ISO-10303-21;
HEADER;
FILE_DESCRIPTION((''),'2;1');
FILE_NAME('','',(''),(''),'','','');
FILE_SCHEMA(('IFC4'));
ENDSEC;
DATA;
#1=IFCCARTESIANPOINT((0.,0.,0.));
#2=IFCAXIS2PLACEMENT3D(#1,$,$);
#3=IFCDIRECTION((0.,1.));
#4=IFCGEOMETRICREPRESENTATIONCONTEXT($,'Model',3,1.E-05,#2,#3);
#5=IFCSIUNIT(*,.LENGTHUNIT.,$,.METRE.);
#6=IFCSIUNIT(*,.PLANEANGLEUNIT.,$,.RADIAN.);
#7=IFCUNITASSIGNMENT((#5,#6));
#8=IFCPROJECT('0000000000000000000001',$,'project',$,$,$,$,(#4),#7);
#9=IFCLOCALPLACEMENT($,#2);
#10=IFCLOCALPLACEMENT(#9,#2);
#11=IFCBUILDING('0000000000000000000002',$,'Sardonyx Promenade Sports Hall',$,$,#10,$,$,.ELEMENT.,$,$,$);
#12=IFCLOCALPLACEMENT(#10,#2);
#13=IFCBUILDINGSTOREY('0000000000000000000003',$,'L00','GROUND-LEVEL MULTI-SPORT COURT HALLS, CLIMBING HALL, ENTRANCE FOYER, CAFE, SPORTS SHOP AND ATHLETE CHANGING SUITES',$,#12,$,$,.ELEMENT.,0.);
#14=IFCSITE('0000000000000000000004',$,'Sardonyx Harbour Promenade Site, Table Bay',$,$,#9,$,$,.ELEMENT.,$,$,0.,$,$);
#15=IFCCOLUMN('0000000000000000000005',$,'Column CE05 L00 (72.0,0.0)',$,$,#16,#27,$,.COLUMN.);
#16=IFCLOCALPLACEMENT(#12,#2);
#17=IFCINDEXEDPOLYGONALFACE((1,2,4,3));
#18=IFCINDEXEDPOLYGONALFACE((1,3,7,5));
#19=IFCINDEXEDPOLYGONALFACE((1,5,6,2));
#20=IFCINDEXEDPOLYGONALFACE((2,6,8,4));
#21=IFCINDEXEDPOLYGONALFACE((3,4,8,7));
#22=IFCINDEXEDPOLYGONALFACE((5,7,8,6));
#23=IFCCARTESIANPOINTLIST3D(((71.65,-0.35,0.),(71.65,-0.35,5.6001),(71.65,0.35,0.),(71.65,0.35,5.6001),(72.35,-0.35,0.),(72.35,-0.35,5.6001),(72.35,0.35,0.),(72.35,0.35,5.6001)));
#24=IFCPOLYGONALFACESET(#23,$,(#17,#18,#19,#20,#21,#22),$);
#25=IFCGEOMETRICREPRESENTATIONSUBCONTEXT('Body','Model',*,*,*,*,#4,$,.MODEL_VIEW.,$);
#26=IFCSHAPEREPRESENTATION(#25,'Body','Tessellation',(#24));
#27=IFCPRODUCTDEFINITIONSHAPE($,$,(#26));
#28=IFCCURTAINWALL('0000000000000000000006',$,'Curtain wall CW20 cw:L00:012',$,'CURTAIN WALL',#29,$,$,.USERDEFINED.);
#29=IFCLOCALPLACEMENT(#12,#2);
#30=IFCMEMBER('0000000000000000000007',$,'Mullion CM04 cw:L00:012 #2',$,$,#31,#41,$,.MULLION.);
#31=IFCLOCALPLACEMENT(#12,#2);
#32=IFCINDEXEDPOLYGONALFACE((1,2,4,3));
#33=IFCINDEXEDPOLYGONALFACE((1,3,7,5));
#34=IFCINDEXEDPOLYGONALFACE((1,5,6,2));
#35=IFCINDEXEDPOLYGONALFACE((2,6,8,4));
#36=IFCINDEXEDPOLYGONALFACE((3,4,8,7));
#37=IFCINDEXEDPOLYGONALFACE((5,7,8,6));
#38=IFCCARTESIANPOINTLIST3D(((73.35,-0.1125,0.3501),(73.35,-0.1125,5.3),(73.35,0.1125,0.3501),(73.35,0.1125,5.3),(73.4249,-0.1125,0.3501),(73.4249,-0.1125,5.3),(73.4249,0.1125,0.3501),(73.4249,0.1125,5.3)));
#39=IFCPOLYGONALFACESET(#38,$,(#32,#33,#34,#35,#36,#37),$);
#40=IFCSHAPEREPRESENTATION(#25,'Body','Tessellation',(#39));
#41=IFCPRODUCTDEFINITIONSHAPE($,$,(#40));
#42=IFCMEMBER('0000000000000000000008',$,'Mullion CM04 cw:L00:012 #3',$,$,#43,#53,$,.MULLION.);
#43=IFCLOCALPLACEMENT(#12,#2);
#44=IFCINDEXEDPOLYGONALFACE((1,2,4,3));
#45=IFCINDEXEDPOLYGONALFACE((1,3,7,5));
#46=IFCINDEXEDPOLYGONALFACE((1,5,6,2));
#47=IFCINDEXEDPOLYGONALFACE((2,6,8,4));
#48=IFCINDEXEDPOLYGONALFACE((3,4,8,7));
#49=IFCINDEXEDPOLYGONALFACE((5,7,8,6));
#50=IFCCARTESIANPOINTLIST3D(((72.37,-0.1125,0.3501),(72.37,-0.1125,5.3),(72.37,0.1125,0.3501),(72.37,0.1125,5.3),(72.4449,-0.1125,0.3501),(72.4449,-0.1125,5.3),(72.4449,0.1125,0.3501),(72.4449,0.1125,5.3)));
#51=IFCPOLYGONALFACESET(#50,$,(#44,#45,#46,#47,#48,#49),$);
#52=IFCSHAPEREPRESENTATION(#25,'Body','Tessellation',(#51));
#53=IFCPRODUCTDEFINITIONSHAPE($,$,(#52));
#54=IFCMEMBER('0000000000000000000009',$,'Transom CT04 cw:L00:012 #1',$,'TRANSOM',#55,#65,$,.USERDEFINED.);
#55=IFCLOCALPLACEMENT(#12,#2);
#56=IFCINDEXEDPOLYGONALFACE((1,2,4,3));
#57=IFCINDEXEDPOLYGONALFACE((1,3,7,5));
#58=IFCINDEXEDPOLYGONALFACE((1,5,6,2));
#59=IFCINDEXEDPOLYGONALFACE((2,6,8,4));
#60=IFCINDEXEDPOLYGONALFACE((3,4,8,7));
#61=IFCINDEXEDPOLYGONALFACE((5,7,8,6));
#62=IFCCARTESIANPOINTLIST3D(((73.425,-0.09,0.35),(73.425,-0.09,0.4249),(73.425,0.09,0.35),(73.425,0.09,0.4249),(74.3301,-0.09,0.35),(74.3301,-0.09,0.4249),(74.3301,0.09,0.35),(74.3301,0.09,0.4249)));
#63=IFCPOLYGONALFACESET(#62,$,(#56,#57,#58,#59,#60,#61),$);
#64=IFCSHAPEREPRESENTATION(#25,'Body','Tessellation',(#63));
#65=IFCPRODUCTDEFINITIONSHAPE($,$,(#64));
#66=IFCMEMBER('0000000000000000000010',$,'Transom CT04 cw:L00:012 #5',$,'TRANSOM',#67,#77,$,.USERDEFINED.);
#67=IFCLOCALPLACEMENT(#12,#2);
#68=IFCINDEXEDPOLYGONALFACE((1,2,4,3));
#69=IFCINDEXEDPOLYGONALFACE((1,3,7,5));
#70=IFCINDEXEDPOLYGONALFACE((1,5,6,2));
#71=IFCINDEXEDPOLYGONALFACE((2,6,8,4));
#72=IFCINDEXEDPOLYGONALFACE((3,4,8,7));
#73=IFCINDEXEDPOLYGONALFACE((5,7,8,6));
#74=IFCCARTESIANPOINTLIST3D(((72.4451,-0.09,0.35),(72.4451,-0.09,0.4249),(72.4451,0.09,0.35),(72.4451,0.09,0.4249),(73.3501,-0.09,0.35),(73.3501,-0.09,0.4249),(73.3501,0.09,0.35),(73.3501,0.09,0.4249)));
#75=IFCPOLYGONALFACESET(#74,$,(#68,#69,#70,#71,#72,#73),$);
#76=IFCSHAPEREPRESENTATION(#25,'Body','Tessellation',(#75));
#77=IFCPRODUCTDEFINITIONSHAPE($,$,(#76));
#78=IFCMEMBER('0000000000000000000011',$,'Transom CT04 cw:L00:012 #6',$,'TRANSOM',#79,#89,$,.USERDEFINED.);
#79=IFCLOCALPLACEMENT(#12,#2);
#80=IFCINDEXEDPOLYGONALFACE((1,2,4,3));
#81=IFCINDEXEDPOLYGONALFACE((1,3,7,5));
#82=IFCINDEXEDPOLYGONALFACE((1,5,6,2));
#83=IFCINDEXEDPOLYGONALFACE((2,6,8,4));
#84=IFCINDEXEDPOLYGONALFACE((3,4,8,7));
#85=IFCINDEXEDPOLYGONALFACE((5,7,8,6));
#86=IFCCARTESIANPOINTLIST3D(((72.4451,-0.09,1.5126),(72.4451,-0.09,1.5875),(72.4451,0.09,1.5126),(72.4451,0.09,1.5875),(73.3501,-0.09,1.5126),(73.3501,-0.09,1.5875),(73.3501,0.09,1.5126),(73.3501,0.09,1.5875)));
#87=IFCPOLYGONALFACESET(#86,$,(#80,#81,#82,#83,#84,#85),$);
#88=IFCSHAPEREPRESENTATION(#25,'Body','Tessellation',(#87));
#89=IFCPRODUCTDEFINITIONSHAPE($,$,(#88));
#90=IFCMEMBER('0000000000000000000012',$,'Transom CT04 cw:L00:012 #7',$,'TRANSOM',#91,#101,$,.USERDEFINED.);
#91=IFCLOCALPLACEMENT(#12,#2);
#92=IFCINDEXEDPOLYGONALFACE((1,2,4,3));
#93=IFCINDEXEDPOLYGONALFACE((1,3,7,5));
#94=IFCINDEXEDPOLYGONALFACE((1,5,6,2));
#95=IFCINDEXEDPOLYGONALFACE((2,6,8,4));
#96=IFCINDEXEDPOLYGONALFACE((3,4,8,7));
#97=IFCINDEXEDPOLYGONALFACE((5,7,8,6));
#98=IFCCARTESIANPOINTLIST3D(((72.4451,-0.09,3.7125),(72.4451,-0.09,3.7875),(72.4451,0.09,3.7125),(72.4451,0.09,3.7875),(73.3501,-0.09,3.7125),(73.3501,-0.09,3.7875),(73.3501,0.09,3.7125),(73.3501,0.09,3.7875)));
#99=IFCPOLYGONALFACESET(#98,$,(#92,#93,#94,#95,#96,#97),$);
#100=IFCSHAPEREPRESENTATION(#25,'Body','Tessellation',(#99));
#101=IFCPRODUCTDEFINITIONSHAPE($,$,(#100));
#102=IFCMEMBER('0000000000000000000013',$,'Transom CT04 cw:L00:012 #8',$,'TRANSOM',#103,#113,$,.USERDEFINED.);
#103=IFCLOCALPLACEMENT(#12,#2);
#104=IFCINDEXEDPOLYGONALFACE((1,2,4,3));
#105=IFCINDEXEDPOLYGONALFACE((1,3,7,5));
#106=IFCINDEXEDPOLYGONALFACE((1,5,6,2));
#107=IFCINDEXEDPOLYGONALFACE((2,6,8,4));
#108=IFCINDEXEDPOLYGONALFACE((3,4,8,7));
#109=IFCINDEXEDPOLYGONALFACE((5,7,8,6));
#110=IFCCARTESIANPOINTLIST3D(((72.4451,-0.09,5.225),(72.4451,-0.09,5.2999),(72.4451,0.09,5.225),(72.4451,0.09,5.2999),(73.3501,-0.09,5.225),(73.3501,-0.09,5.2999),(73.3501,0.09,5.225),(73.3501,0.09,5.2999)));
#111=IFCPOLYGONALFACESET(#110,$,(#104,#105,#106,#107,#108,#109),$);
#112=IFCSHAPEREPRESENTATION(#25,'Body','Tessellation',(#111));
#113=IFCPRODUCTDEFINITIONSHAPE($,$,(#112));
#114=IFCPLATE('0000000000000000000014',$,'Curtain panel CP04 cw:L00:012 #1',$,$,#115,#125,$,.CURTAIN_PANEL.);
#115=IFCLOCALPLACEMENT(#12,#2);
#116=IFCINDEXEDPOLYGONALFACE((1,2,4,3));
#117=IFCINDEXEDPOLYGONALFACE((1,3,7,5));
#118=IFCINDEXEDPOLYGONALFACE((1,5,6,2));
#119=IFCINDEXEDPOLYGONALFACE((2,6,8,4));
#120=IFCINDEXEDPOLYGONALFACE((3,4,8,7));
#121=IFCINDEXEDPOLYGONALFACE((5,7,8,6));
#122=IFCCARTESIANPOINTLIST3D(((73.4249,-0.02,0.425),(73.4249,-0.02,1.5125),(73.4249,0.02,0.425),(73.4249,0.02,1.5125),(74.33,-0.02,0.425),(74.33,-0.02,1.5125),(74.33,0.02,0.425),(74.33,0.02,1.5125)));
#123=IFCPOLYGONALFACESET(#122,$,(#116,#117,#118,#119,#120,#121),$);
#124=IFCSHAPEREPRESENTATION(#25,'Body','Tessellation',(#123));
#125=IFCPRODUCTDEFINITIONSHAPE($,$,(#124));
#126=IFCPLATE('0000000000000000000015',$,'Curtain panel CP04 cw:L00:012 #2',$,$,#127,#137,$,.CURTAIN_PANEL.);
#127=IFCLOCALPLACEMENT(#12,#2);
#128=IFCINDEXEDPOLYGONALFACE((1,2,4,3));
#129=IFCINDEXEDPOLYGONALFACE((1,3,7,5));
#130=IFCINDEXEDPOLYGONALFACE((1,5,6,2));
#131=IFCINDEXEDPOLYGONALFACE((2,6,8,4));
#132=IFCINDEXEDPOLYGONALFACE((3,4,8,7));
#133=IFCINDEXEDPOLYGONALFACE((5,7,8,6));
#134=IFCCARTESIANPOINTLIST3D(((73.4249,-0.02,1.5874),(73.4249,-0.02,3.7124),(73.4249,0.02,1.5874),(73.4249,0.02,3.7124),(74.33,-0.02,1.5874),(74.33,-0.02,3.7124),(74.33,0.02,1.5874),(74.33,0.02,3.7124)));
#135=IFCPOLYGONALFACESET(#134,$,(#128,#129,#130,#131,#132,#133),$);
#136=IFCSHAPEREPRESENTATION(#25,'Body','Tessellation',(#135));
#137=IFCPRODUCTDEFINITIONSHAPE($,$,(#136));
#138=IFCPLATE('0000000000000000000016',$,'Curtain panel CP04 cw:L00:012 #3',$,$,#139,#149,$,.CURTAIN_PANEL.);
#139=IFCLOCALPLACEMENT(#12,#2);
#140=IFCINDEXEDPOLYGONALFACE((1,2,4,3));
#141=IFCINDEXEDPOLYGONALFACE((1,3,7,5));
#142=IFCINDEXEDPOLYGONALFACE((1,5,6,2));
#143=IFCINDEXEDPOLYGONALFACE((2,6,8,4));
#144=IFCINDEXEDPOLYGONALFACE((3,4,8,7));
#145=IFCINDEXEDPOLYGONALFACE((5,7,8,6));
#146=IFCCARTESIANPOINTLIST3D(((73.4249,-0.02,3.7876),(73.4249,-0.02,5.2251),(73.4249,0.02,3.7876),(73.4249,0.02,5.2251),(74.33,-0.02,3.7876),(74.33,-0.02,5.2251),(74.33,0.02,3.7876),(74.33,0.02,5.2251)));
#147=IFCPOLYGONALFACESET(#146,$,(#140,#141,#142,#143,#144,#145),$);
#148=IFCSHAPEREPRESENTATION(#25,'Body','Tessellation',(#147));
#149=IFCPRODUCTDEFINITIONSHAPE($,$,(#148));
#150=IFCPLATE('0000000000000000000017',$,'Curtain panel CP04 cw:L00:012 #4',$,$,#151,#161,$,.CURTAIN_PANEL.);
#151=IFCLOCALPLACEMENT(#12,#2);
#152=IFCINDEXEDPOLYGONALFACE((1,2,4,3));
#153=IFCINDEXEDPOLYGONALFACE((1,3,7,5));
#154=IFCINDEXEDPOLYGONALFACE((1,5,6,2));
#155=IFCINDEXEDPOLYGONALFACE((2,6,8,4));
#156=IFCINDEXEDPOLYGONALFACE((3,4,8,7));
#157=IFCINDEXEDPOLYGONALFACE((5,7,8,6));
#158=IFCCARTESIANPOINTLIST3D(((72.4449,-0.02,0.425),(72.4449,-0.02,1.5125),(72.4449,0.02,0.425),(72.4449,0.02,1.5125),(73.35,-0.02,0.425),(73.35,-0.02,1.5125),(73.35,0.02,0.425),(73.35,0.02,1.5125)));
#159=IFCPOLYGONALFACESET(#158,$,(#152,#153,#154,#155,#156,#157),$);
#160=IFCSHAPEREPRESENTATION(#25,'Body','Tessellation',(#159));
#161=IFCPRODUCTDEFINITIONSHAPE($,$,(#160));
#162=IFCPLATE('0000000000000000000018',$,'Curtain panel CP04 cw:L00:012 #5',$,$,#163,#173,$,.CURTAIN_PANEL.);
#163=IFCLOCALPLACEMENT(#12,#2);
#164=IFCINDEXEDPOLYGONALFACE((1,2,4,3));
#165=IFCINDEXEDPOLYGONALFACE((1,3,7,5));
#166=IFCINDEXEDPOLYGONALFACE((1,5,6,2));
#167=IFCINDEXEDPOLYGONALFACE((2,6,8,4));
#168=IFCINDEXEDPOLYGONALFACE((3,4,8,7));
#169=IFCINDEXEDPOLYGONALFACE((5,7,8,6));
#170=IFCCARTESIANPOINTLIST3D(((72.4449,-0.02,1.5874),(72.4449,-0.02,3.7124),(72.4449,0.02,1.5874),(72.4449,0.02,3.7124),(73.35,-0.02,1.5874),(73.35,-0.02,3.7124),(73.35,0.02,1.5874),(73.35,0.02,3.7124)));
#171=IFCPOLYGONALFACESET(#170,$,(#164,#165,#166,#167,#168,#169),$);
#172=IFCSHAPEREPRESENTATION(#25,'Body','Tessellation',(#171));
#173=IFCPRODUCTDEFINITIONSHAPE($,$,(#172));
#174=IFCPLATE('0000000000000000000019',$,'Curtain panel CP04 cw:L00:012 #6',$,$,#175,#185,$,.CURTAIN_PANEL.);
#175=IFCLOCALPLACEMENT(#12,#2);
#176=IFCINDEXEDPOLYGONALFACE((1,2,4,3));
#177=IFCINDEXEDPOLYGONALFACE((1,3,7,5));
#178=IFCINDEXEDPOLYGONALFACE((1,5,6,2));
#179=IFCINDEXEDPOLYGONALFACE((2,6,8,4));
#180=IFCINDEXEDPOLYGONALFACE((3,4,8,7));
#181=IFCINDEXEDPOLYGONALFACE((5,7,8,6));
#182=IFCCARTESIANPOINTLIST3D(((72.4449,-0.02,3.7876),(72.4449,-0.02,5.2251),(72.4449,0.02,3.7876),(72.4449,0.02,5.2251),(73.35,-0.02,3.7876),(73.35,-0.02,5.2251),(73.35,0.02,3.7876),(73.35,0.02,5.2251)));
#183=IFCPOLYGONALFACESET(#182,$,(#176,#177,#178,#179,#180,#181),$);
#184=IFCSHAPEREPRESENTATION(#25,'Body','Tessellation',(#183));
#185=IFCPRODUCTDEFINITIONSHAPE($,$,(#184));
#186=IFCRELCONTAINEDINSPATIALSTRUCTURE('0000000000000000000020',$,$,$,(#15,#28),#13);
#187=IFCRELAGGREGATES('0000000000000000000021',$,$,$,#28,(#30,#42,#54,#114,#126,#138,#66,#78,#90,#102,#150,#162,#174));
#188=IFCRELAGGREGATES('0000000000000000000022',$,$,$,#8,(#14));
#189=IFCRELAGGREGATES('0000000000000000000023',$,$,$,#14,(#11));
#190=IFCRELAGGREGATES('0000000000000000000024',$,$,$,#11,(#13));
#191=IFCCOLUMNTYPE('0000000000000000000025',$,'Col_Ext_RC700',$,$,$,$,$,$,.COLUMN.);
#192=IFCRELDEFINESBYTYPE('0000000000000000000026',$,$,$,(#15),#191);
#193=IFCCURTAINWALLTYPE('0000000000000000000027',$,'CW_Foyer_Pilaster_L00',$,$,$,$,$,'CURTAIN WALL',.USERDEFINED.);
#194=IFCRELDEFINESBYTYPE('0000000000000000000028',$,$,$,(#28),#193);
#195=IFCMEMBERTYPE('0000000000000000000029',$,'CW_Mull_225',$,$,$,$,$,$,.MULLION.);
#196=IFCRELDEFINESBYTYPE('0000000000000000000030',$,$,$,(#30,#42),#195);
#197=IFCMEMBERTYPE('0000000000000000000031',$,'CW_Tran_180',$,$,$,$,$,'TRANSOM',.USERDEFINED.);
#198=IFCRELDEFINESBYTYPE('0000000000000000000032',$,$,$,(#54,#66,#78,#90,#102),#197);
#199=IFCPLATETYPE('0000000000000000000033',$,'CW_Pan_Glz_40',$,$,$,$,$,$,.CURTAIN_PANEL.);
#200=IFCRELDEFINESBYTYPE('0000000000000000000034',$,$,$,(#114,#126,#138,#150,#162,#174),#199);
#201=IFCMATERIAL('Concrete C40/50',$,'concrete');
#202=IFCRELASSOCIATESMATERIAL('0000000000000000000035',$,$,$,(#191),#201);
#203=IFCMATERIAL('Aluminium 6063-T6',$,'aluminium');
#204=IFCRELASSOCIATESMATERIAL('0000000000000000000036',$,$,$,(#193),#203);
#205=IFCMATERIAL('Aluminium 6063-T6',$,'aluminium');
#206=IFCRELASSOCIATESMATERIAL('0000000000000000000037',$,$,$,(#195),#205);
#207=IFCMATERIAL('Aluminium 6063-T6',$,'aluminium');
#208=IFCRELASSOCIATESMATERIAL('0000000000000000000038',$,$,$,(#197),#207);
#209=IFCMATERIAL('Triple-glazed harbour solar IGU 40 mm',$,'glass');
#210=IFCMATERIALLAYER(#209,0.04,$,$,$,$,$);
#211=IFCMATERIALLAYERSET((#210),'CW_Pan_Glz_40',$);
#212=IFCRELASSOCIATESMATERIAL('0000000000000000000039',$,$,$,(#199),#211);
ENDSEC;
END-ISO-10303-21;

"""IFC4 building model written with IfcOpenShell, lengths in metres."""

from ifc_helpers import new_model, si_unit, direction, frame, origin, origin_2d, place, context, subcontext, project, spatial, rectangle, extrude, material, layer, layer_set, material_profile, profile_set, type_object, element, aggregate, save


model = new_model("IFC4")

# Units and contexts
model_context = context("Model", 3, precision=1e-05, world=origin(), true_north=direction((0.0, 1.0)))
body_context = subcontext(model_context, "Body", "Model", "MODEL_VIEW")
ifc_project = project(units=[si_unit("LENGTHUNIT", "METRE"), si_unit("PLANEANGLEUNIT", "RADIAN")], contexts=[model_context])

# Site, building, storey
site_placement = place(None, origin())
site = spatial("IfcSite", under=ifc_project, at=site_placement, Name="Sardonyx Harbour Promenade Site, Table Bay", CompositionType="ELEMENT", RefElevation=0.0)
building_placement = place(site_placement, origin())
building = spatial("IfcBuilding", under=site, at=building_placement, Name="Sardonyx Promenade Sports Hall", CompositionType="ELEMENT")
storey_placement = place(building_placement, origin())
storey = spatial("IfcBuildingStorey", under=building, at=storey_placement, Name="L00", Description="GROUND-LEVEL MULTI-SPORT COURT HALLS, CLIMBING HALL, ENTRANCE FOYER, CAFE, SPORTS SHOP AND ATHLETE CHANGING SUITES", CompositionType="ELEMENT", Elevation=0.0)

# Column
ifc_material_1 = material(Name="Concrete C40/50", Category="concrete")
ifc_material_profile_1 = material_profile(ifc_material_1, rectangle(XDim=0.7, YDim=0.7, at=origin_2d()))
ifc_profile_set_1 = profile_set([ifc_material_profile_1], Name="Concrete C40/50")
column_type = type_object("IfcColumnType", Name="Col_Ext_RC700", PredefinedType="COLUMN", material=ifc_profile_set_1)
column_placement = place(storey_placement, frame((72.0, 0.0, 0.0), z_axis=(0.0, 0.0, 1.0), x_axis=(1.0, 0.0, 0.0)))
element("IfcColumn", 1, at=column_placement, inside=storey, type_object=column_type, Name="Column CE05 L00 (72.0,0.0)", PredefinedType="COLUMN", context=body_context, shape_type="SweptSolid", body=[
    extrude(rectangle(XDim=0.7, YDim=0.7, at=origin_2d()), origin(), (0.0, 0.0, 1.0), 5.6001),
])

# Curtain wall, members, plates
ifc_material_2 = material(Name="Aluminium 6063-T6", Category="aluminium")
curtain_wall_type = type_object("IfcCurtainWallType", Name="CW_Foyer_Pilaster_L00", ElementType="CURTAIN WALL", PredefinedType="USERDEFINED", material=ifc_material_2)
curtain_wall_placement = place(storey_placement, origin())
curtain_wall = element("IfcCurtainWall", 2, at=curtain_wall_placement, inside=storey, type_object=curtain_wall_type, Name="Curtain wall CW20 cw:L00:012", ObjectType="CURTAIN WALL", PredefinedType="USERDEFINED")
ifc_material_3 = material(Name="Aluminium 6063-T6", Category="aluminium")
ifc_material_profile_2 = material_profile(ifc_material_3, rectangle(XDim=0.075, YDim=0.2251, at=origin_2d()))
ifc_profile_set_2 = profile_set([ifc_material_profile_2], Name="Aluminium 6063-T6")
member_type_1 = type_object("IfcMemberType", Name="CW_Mull_225", PredefinedType="MULLION", material=ifc_profile_set_2)
member_1_placement = place(storey_placement, frame((73.3875, 0.0, 0.3501), z_axis=(0.0, 0.0, 1.0), x_axis=(-1.0, 0.0, 0.0)))
member_1 = element("IfcMember", 3, at=member_1_placement, type_object=member_type_1, Name="Mullion CM04 cw:L00:012 #2", PredefinedType="MULLION", context=body_context, shape_type="SweptSolid", body=[
    extrude(rectangle(XDim=0.075, YDim=0.2251, at=origin_2d()), origin(), (0.0, 0.0, 1.0), 4.95),
])
member_2_placement = place(storey_placement, frame((72.4075, 0.0, 0.3501), z_axis=(0.0, 0.0, 1.0), x_axis=(-1.0, 0.0, 0.0)))
member_2 = element("IfcMember", 4, at=member_2_placement, type_object=member_type_1, Name="Mullion CM04 cw:L00:012 #3", PredefinedType="MULLION", context=body_context, shape_type="SweptSolid", body=[
    extrude(rectangle(XDim=0.075, YDim=0.2251, at=origin_2d()), origin(), (0.0, 0.0, 1.0), 4.95),
])
ifc_material_4 = material(Name="Aluminium 6063-T6", Category="aluminium")
ifc_material_profile_3 = material_profile(ifc_material_4, rectangle(XDim=0.075, YDim=0.1799, at=origin_2d()))
ifc_profile_set_3 = profile_set([ifc_material_profile_3], Name="Aluminium 6063-T6")
member_type_2 = type_object("IfcMemberType", Name="CW_Tran_180", ElementType="TRANSOM", PredefinedType="USERDEFINED", material=ifc_profile_set_3)
member_3_placement = place(storey_placement, frame((74.3301, 0.0, 0.3875), z_axis=(-1.0, 0.0, 0.0), x_axis=(0.0, 0.0, 1.0)))
member_3 = element("IfcMember", 5, at=member_3_placement, type_object=member_type_2, Name="Transom CT04 cw:L00:012 #1", ObjectType="TRANSOM", PredefinedType="USERDEFINED", context=body_context, shape_type="SweptSolid", body=[
    extrude(rectangle(XDim=0.075, YDim=0.1799, at=origin_2d()), origin(), (0.0, 0.0, 1.0), 0.905),
])
member_4_placement = place(storey_placement, frame((73.3501, 0.0, 0.3875), z_axis=(-1.0, 0.0, 0.0), x_axis=(0.0, 0.0, 1.0)))
member_4 = element("IfcMember", 6, at=member_4_placement, type_object=member_type_2, Name="Transom CT04 cw:L00:012 #5", ObjectType="TRANSOM", PredefinedType="USERDEFINED", context=body_context, shape_type="SweptSolid", body=[
    extrude(rectangle(XDim=0.075, YDim=0.1799, at=origin_2d()), origin(), (0.0, 0.0, 1.0), 0.905),
])
member_5_placement = place(storey_placement, frame((73.3501, 0.0, 1.55), z_axis=(-1.0, 0.0, 0.0), x_axis=(0.0, 0.0, 1.0)))
member_5 = element("IfcMember", 7, at=member_5_placement, type_object=member_type_2, Name="Transom CT04 cw:L00:012 #6", ObjectType="TRANSOM", PredefinedType="USERDEFINED", context=body_context, shape_type="SweptSolid", body=[
    extrude(rectangle(XDim=0.075, YDim=0.1799, at=origin_2d()), origin(), (0.0, 0.0, 1.0), 0.905),
])
member_6_placement = place(storey_placement, frame((73.3501, 0.0, 3.75), z_axis=(-1.0, 0.0, 0.0), x_axis=(0.0, 0.0, 1.0)))
member_6 = element("IfcMember", 8, at=member_6_placement, type_object=member_type_2, Name="Transom CT04 cw:L00:012 #7", ObjectType="TRANSOM", PredefinedType="USERDEFINED", context=body_context, shape_type="SweptSolid", body=[
    extrude(rectangle(XDim=0.075, YDim=0.1799, at=origin_2d()), origin(), (0.0, 0.0, 1.0), 0.905),
])
member_7_placement = place(storey_placement, frame((73.3501, 0.0, 5.2625), z_axis=(-1.0, 0.0, 0.0), x_axis=(0.0, 0.0, 1.0)))
member_7 = element("IfcMember", 9, at=member_7_placement, type_object=member_type_2, Name="Transom CT04 cw:L00:012 #8", ObjectType="TRANSOM", PredefinedType="USERDEFINED", context=body_context, shape_type="SweptSolid", body=[
    extrude(rectangle(XDim=0.075, YDim=0.1799, at=origin_2d()), origin(), (0.0, 0.0, 1.0), 0.905),
])
ifc_material_5 = material(Name="Triple-glazed harbour solar IGU 40 mm", Category="glass")
ifc_layer_1 = layer(ifc_material_5, 0.04)
ifc_layer_set_1 = layer_set([ifc_layer_1], Name="CW_Pan_Glz_40")
plate_type = type_object("IfcPlateType", Name="CW_Pan_Glz_40", PredefinedType="CURTAIN_PANEL", material=ifc_layer_set_1)
plate_1_placement = place(storey_placement, frame((73.8774, 0.0, 0.425), z_axis=(0.0, 0.0, 1.0), x_axis=(-1.0, 0.0, 0.0)))
plate_1 = element("IfcPlate", 10, at=plate_1_placement, type_object=plate_type, Name="Curtain panel CP04 cw:L00:012 #1", PredefinedType="CURTAIN_PANEL", context=body_context, shape_type="SweptSolid", body=[
    extrude(rectangle(XDim=0.905, YDim=0.04, at=origin_2d()), origin(), (0.0, 0.0, 1.0), 1.0874),
])
plate_2_placement = place(storey_placement, frame((73.8774, 0.0, 1.5874), z_axis=(0.0, 0.0, 1.0), x_axis=(-1.0, 0.0, 0.0)))
plate_2 = element("IfcPlate", 11, at=plate_2_placement, type_object=plate_type, Name="Curtain panel CP04 cw:L00:012 #2", PredefinedType="CURTAIN_PANEL", context=body_context, shape_type="SweptSolid", body=[
    extrude(rectangle(XDim=0.905, YDim=0.04, at=origin_2d()), origin(), (0.0, 0.0, 1.0), 2.125),
])
plate_3_placement = place(storey_placement, frame((73.8774, 0.0, 3.7876), z_axis=(0.0, 0.0, 1.0), x_axis=(-1.0, 0.0, 0.0)))
plate_3 = element("IfcPlate", 12, at=plate_3_placement, type_object=plate_type, Name="Curtain panel CP04 cw:L00:012 #3", PredefinedType="CURTAIN_PANEL", context=body_context, shape_type="SweptSolid", body=[
    extrude(rectangle(XDim=0.905, YDim=0.04, at=origin_2d()), origin(), (0.0, 0.0, 1.0), 1.4375),
])
plate_4_placement = place(storey_placement, frame((72.8975, 0.0, 0.425), z_axis=(0.0, 0.0, 1.0), x_axis=(-1.0, 0.0, 0.0)))
plate_4 = element("IfcPlate", 13, at=plate_4_placement, type_object=plate_type, Name="Curtain panel CP04 cw:L00:012 #4", PredefinedType="CURTAIN_PANEL", context=body_context, shape_type="SweptSolid", body=[
    extrude(rectangle(XDim=0.905, YDim=0.04, at=origin_2d()), origin(), (0.0, 0.0, 1.0), 1.0874),
])
plate_5_placement = place(storey_placement, frame((72.8975, 0.0, 1.5874), z_axis=(0.0, 0.0, 1.0), x_axis=(-1.0, 0.0, 0.0)))
plate_5 = element("IfcPlate", 14, at=plate_5_placement, type_object=plate_type, Name="Curtain panel CP04 cw:L00:012 #5", PredefinedType="CURTAIN_PANEL", context=body_context, shape_type="SweptSolid", body=[
    extrude(rectangle(XDim=0.905, YDim=0.04, at=origin_2d()), origin(), (0.0, 0.0, 1.0), 2.125),
])
plate_6_placement = place(storey_placement, frame((72.8975, 0.0, 3.7876), z_axis=(0.0, 0.0, 1.0), x_axis=(-1.0, 0.0, 0.0)))
plate_6 = element("IfcPlate", 15, at=plate_6_placement, type_object=plate_type, Name="Curtain panel CP04 cw:L00:012 #6", PredefinedType="CURTAIN_PANEL", context=body_context, shape_type="SweptSolid", body=[
    extrude(rectangle(XDim=0.905, YDim=0.04, at=origin_2d()), origin(), (0.0, 0.0, 1.0), 1.4375),
])
aggregate(curtain_wall, [member_1, member_2, member_3, plate_1, plate_2, plate_3, member_4, member_5, member_6, member_7, plate_4, plate_5, plate_6])

save(model, "model.ifc")
